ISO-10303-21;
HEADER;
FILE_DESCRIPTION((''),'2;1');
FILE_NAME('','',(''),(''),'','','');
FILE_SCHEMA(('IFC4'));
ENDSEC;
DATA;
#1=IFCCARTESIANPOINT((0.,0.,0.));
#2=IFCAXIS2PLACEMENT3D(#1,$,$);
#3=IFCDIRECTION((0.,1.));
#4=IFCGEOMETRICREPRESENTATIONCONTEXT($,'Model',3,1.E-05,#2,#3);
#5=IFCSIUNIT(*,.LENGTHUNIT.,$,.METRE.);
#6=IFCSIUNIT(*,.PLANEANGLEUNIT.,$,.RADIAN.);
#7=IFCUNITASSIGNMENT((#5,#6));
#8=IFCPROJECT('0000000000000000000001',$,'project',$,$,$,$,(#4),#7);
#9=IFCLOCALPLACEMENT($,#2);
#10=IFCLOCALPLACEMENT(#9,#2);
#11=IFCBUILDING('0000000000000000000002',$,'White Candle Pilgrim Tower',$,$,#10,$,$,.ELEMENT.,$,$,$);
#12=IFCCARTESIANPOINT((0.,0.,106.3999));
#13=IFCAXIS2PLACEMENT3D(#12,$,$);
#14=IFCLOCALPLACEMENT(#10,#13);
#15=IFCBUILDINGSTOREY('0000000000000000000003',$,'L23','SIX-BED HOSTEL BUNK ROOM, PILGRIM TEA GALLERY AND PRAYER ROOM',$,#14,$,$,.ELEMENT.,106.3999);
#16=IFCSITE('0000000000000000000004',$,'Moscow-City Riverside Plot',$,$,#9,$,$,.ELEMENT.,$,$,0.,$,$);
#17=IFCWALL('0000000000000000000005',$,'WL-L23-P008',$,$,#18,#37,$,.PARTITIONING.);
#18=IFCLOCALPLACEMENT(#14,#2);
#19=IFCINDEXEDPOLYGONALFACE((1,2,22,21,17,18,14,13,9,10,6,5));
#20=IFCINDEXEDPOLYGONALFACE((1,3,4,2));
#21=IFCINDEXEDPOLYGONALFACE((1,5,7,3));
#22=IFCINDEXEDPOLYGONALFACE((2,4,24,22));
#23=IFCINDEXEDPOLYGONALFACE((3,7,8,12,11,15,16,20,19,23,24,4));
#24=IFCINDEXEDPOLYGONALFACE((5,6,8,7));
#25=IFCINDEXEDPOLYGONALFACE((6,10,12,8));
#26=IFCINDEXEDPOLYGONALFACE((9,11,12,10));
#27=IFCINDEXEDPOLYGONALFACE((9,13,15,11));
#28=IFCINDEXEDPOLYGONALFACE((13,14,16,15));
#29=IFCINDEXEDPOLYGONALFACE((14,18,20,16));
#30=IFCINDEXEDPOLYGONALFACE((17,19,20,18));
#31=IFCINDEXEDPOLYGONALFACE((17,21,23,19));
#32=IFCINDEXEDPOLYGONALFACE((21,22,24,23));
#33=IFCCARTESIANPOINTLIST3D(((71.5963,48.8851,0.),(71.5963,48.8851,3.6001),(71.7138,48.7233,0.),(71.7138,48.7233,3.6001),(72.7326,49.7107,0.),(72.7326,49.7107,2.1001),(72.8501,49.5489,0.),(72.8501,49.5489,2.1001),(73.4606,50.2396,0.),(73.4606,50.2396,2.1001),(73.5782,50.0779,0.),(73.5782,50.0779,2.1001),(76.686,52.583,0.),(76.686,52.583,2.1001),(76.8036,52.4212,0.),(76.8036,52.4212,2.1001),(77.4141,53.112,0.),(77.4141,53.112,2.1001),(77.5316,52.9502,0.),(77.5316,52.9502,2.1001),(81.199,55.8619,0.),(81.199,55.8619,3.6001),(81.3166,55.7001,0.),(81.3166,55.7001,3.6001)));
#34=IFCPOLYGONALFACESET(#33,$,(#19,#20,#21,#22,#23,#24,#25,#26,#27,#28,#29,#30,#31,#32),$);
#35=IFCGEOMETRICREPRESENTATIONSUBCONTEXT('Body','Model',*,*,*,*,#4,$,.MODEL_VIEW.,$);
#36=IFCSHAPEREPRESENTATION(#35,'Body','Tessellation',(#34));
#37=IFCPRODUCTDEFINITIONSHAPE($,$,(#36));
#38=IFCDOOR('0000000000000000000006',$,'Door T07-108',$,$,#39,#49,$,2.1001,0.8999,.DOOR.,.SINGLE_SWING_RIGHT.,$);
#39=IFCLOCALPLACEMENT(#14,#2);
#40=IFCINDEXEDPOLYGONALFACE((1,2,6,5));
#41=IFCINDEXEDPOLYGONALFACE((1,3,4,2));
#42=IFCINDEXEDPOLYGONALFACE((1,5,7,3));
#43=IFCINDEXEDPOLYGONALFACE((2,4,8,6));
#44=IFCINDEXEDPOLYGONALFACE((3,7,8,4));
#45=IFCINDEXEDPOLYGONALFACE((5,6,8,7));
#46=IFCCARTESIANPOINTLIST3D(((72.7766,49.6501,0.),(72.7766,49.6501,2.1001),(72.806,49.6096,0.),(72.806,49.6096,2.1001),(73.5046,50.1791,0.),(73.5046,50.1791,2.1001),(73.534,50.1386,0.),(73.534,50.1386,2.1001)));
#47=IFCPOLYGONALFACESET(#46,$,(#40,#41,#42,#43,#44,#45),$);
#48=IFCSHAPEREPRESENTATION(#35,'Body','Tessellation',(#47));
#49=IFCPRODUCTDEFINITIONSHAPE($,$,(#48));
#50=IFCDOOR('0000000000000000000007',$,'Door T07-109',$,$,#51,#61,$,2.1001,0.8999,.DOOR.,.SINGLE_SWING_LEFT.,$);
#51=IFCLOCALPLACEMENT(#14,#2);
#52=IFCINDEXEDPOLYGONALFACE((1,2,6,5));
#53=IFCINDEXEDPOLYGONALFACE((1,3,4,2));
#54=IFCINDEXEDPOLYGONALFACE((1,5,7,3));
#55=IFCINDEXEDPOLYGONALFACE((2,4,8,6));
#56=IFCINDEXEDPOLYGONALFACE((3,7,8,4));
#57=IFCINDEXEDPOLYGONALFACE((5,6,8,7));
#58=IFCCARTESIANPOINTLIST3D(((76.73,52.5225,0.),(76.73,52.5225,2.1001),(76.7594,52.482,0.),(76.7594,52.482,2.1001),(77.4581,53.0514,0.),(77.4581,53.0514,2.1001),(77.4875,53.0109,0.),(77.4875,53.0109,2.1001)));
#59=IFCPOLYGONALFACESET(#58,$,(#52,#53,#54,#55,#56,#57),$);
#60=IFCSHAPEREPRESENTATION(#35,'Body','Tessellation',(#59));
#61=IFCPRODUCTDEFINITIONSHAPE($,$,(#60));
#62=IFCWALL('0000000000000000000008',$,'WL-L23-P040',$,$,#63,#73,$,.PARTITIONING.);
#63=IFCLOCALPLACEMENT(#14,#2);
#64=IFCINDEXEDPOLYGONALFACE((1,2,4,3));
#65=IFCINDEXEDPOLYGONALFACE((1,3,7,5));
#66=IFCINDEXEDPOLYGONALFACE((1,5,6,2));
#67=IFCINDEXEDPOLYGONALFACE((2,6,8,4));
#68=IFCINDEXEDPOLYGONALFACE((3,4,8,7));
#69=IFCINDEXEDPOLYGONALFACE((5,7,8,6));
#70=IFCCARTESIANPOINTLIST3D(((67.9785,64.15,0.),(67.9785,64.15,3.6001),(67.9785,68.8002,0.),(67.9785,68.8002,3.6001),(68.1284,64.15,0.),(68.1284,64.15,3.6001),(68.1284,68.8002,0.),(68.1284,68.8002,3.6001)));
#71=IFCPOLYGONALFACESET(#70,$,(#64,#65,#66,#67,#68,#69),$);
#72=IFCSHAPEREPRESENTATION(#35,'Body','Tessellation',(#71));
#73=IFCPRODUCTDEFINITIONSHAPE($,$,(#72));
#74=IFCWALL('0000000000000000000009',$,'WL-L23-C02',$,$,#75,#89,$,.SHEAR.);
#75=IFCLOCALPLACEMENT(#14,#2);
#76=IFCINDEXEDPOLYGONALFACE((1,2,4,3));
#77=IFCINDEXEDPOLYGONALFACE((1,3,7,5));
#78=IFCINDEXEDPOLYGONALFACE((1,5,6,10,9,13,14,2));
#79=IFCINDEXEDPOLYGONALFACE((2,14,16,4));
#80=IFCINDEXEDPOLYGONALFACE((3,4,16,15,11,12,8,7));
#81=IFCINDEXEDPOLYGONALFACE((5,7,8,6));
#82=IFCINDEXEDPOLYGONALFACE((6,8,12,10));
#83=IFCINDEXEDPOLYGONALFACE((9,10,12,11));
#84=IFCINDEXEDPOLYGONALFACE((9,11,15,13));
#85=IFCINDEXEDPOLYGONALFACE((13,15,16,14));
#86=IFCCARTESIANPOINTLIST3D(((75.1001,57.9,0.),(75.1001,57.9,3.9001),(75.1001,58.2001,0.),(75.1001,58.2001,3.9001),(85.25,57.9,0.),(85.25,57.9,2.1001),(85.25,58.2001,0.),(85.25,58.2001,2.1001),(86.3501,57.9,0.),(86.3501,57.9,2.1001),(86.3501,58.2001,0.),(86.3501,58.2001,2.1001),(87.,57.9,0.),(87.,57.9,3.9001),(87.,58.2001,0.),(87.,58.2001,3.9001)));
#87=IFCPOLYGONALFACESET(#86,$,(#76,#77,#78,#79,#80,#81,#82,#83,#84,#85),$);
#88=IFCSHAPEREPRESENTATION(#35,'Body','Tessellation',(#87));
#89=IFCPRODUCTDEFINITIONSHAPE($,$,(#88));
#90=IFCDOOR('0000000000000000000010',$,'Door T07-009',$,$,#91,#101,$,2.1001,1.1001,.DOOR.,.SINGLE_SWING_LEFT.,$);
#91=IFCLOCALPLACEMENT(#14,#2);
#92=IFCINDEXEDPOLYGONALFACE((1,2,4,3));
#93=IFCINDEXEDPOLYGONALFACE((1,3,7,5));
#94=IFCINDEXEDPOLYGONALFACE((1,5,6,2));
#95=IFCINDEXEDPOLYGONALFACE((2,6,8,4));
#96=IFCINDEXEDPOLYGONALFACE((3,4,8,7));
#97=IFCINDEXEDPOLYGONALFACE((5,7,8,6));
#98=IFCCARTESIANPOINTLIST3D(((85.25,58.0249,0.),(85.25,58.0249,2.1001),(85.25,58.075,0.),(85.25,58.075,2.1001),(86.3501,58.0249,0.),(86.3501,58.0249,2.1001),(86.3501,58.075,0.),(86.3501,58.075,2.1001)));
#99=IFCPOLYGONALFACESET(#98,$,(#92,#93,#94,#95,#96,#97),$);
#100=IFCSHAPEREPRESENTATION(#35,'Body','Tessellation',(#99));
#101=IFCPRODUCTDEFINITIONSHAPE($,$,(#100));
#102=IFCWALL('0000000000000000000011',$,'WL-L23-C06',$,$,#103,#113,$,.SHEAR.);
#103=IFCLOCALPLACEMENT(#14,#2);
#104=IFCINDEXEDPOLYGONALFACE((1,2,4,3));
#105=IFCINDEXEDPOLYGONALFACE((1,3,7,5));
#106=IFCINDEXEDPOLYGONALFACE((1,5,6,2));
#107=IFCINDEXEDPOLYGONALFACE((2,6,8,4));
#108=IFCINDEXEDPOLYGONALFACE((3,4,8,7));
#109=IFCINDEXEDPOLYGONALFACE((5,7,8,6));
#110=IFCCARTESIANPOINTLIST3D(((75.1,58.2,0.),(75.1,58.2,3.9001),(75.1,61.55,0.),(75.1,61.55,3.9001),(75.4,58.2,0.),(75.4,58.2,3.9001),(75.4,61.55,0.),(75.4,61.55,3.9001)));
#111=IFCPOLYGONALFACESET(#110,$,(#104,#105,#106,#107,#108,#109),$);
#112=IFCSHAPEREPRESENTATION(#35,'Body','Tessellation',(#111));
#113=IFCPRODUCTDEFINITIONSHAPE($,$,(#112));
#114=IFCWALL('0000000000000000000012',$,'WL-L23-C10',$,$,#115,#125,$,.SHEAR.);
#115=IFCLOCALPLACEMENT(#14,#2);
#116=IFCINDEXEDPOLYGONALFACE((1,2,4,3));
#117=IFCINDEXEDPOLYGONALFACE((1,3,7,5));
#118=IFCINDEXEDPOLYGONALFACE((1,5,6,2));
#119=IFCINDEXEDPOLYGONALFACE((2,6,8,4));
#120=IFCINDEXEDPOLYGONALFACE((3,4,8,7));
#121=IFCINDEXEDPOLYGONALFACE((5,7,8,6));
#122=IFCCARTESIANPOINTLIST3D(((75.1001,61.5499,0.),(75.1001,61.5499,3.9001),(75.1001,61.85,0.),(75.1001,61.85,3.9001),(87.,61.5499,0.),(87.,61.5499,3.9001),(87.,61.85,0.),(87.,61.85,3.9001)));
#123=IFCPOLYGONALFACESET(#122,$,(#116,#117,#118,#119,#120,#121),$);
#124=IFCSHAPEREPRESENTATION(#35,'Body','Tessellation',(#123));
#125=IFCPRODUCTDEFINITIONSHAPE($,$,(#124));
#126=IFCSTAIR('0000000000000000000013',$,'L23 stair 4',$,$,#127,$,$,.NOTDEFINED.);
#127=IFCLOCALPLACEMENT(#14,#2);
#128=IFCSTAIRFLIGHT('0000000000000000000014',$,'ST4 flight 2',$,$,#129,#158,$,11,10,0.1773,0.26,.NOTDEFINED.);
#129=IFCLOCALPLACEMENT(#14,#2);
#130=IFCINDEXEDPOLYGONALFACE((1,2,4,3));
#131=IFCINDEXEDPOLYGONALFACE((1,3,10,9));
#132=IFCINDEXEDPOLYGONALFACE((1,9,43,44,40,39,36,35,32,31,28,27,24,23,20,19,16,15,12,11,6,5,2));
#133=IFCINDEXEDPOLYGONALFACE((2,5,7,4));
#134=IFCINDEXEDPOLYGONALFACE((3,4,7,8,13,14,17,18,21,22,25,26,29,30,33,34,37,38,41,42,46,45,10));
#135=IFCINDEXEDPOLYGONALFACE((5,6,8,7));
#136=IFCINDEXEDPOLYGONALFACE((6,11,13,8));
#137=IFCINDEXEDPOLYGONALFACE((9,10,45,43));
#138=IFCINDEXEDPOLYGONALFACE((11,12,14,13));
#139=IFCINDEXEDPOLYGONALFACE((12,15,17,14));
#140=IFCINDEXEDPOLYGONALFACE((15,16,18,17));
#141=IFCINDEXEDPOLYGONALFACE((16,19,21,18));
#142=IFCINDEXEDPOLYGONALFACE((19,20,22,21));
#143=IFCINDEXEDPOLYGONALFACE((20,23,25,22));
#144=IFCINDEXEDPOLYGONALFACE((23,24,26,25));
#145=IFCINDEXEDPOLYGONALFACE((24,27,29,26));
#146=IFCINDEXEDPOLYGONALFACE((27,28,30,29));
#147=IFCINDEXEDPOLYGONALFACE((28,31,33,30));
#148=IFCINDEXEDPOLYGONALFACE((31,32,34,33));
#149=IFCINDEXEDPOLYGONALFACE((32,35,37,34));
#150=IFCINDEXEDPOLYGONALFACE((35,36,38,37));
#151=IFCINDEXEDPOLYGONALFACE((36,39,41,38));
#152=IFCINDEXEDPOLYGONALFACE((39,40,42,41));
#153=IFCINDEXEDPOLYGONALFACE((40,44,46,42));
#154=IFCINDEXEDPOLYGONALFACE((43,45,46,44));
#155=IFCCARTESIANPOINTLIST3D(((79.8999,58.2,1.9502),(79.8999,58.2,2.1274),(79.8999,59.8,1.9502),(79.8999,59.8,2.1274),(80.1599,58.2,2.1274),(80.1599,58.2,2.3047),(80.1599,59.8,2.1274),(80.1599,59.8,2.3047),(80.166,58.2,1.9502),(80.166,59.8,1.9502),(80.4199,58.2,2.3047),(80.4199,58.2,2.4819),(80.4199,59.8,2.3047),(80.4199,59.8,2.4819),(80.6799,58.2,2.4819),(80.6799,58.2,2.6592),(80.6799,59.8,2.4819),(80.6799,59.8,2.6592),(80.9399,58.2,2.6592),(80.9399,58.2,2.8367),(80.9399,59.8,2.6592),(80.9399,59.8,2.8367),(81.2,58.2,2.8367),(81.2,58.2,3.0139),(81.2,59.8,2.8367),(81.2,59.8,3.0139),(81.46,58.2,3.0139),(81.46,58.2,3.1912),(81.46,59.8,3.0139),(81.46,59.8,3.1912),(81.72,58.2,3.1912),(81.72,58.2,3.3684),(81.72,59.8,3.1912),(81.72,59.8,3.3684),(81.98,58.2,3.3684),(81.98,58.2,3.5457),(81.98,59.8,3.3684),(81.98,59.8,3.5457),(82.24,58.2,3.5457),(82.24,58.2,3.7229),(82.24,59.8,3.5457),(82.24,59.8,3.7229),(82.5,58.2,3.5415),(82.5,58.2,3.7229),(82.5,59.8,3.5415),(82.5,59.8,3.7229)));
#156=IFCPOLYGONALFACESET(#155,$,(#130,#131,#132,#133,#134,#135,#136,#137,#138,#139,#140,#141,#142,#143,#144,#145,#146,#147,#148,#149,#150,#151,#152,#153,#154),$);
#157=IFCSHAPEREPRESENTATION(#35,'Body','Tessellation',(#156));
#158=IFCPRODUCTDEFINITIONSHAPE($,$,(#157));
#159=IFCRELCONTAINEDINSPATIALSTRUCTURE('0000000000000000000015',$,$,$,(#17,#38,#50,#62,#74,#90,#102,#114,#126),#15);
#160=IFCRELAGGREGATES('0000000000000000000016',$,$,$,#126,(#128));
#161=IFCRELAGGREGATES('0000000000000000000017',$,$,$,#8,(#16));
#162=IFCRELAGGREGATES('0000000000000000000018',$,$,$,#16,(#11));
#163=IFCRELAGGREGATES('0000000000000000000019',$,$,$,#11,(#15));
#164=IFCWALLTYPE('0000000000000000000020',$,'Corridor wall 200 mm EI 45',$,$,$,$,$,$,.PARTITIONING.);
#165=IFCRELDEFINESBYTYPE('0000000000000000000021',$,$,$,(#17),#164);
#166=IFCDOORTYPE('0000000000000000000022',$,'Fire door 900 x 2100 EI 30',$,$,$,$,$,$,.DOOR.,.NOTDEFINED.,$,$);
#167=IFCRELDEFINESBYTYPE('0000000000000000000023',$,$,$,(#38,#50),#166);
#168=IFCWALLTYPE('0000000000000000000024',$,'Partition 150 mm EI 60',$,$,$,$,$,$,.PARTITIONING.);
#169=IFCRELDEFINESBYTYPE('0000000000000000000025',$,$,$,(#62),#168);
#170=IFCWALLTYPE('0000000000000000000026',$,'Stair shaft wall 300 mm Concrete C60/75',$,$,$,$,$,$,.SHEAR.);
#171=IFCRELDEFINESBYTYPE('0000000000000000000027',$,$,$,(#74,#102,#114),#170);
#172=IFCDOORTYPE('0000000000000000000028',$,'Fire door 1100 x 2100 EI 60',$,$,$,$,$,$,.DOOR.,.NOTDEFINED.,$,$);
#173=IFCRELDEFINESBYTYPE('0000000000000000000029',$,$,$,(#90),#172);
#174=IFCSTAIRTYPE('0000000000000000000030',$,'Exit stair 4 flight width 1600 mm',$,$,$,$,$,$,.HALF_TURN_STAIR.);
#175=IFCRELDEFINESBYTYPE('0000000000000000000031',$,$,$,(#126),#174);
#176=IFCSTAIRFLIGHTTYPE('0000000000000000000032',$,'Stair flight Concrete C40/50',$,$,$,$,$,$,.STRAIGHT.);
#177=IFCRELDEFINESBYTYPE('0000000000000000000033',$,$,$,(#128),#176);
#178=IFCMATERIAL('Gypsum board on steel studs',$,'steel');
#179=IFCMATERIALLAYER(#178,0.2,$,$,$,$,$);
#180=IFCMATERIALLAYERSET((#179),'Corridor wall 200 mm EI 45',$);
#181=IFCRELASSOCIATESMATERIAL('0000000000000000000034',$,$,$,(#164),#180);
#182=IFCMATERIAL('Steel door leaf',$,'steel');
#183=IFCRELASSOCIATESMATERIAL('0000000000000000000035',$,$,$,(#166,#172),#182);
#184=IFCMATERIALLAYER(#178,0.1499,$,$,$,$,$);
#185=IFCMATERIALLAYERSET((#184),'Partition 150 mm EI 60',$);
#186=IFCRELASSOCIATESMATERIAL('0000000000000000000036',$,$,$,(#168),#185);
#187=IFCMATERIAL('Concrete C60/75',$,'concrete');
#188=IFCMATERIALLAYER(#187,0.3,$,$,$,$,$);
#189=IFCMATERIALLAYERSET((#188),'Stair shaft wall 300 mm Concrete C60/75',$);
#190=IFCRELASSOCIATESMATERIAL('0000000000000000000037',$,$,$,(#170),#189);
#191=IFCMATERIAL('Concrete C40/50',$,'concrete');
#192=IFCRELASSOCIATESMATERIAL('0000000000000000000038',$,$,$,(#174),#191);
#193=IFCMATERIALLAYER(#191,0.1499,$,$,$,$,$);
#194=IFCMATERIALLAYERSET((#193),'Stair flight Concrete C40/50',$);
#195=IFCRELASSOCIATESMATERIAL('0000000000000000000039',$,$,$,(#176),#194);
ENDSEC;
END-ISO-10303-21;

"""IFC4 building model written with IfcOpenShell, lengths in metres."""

from ifc_helpers import new_model, si_unit, direction, frame, frame_2d, origin, place, context, subcontext, project, spatial, polyline, rectangle, outline, extrude, material, layer, layer_set, type_object, element, fill, aggregate, save


model = new_model("IFC4")

# Units and contexts
model_context = context("Model", 3, precision=1e-05, world=origin(), true_north=direction((0.0, 1.0)))
body_context = subcontext(model_context, "Body", "Model", "MODEL_VIEW")
ifc_project = project(units=[si_unit("LENGTHUNIT", "METRE"), si_unit("PLANEANGLEUNIT", "RADIAN")], contexts=[model_context])

# Site, building, storey
site_placement = place(None, origin())
site = spatial("IfcSite", under=ifc_project, at=site_placement, Name="Moscow-City Riverside Plot", CompositionType="ELEMENT", RefElevation=0.0)
building_placement = place(site_placement, origin())
building = spatial("IfcBuilding", under=site, at=building_placement, Name="White Candle Pilgrim Tower", CompositionType="ELEMENT")
storey_placement = place(building_placement, frame((0.0, 0.0, 106.3999)))
storey = spatial("IfcBuildingStorey", under=building, at=storey_placement, Name="L23", Description="SIX-BED HOSTEL BUNK ROOM, PILGRIM TEA GALLERY AND PRAYER ROOM", CompositionType="ELEMENT", Elevation=106.3999)

# Wall, openings, doors
ifc_material_1 = material(Name="Gypsum board on steel studs", Category="steel")
ifc_layer_1 = layer(ifc_material_1, 0.2)
ifc_layer_set_1 = layer_set([ifc_layer_1], Name="Corridor wall 200 mm EI 45")
wall_type_1 = type_object("IfcWallType", Name="Corridor wall 200 mm EI 45", PredefinedType="PARTITIONING", material=ifc_layer_set_1)
wall_1_placement = place(storey_placement, frame((81.2578, 55.781, 0.0), z_axis=(0.0, 0.0, 1.0), x_axis=(-0.809018, -0.587784, 0.0)))
wall_1 = element("IfcWall", 1, at=wall_1_placement, inside=storey, type_object=wall_type_1, Name="WL-L23-P008", PredefinedType="PARTITIONING", context=body_context, shape_type="SweptSolid", body=[
    extrude(rectangle(XDim=11.8696, YDim=0.2, at=frame_2d((5.9348, 0.0))), origin(), (0.0, 0.0, 1.0), 3.6001),
])
opening_1_placement = place(wall_1_placement, frame((9.5652, 0.0, 0.0)))
opening_1 = element("IfcOpeningElement", 2, at=opening_1_placement, cuts=wall_1, PredefinedType="OPENING", context=body_context, shape_type="SweptSolid", body=[
    extrude(rectangle(XDim=0.8999, YDim=2.1001, at=frame_2d((0.45, 1.05))), frame((0.0, 0.1099, 0.0), z_axis=(0.0, -1.0, 0.0), x_axis=(1.0, 0.0, 0.0)), (0.0, 0.0, 1.0), 0.22),
])
opening_2_placement = place(wall_1_placement, frame((4.6785, 0.0, 0.0)))
opening_2 = element("IfcOpeningElement", 3, at=opening_2_placement, cuts=wall_1, PredefinedType="OPENING", context=body_context, shape_type="SweptSolid", body=[
    extrude(rectangle(XDim=0.8999, YDim=2.1001, at=frame_2d((0.45, 1.05))), frame((0.0, 0.1099, 0.0), z_axis=(0.0, -1.0, 0.0), x_axis=(1.0, 0.0, 0.0)), (0.0, 0.0, 1.0), 0.22),
])
ifc_material_2 = material(Name="Steel door leaf", Category="steel")
door_type_1 = type_object("IfcDoorType", Name="Fire door 900 x 2100 EI 30", OperationType="NOTDEFINED", PredefinedType="DOOR", material=ifc_material_2)
door_1_placement = place(opening_1_placement, origin())
door_1 = element("IfcDoor", 4, at=door_1_placement, inside=storey, type_object=door_type_1, Name="Door T07-108", OperationType="SINGLE_SWING_RIGHT", OverallHeight=2.1001, OverallWidth=0.8999, PredefinedType="DOOR", context=body_context, shape_type="SweptSolid", body=[
    extrude(rectangle(XDim=0.8999, YDim=2.1001, at=frame_2d((0.45, 1.05))), frame((0.0, 0.0249, 0.0), z_axis=(0.0, -1.0, 0.0), x_axis=(1.0, 0.0, 0.0)), (0.0, 0.0, 1.0), 0.05),
])
fill(opening_1, door_1)
door_2_placement = place(opening_2_placement, origin())
door_2 = element("IfcDoor", 5, at=door_2_placement, inside=storey, type_object=door_type_1, Name="Door T07-109", OperationType="SINGLE_SWING_LEFT", OverallHeight=2.1001, OverallWidth=0.8999, PredefinedType="DOOR", context=body_context, shape_type="SweptSolid", body=[
    extrude(rectangle(XDim=0.8999, YDim=2.1001, at=frame_2d((0.45, 1.05))), frame((0.0, 0.0249, 0.0), z_axis=(0.0, -1.0, 0.0), x_axis=(1.0, 0.0, 0.0)), (0.0, 0.0, 1.0), 0.05),
])
fill(opening_2, door_2)

# Wall
ifc_layer_2 = layer(ifc_material_1, 0.1499)
ifc_layer_set_2 = layer_set([ifc_layer_2], Name="Partition 150 mm EI 60")
wall_type_2 = type_object("IfcWallType", Name="Partition 150 mm EI 60", PredefinedType="PARTITIONING", material=ifc_layer_set_2)
wall_2_placement = place(storey_placement, frame((68.0535, 64.1499, 0.0), z_axis=(0.0, 0.0, 1.0), x_axis=(0.0, 1.0, 0.0)))
element("IfcWall", 6, at=wall_2_placement, inside=storey, type_object=wall_type_2, Name="WL-L23-P040", PredefinedType="PARTITIONING", context=body_context, shape_type="SweptSolid", body=[
    extrude(rectangle(XDim=4.6501, YDim=0.1499, at=frame_2d((2.3252, 0.0))), origin(), (0.0, 0.0, 1.0), 3.6001),
])

# Wall, opening, door
ifc_material_3 = material(Name="Concrete C60/75", Category="concrete")
ifc_layer_3 = layer(ifc_material_3, 0.3)
ifc_layer_set_3 = layer_set([ifc_layer_3], Name="Stair shaft wall 300 mm Concrete C60/75")
wall_type_3 = type_object("IfcWallType", Name="Stair shaft wall 300 mm Concrete C60/75", PredefinedType="SHEAR", material=ifc_layer_set_3)
wall_3_placement = place(storey_placement, frame((75.1001, 58.05, 0.0), z_axis=(0.0, 0.0, 1.0), x_axis=(1.0, 0.0, 0.0)))
wall_3 = element("IfcWall", 7, at=wall_3_placement, inside=storey, type_object=wall_type_3, Name="WL-L23-C02", PredefinedType="SHEAR", context=body_context, shape_type="SweptSolid", body=[
    extrude(rectangle(XDim=11.8999, YDim=0.3, at=frame_2d((5.95, 0.0))), origin(), (0.0, 0.0, 1.0), 3.9001),
])
opening_3_placement = place(wall_3_placement, frame((10.1499, 0.0, 0.0)))
opening_3 = element("IfcOpeningElement", 8, at=opening_3_placement, cuts=wall_3, PredefinedType="OPENING", context=body_context, shape_type="SweptSolid", body=[
    extrude(rectangle(XDim=1.1001, YDim=2.1001, at=frame_2d((0.55, 1.05))), frame((0.0, 0.1599, 0.0), z_axis=(0.0, -1.0, 0.0), x_axis=(1.0, 0.0, 0.0)), (0.0, 0.0, 1.0), 0.3201),
])
door_type_2 = type_object("IfcDoorType", Name="Fire door 1100 x 2100 EI 60", OperationType="NOTDEFINED", PredefinedType="DOOR", material=ifc_material_2)
door_3_placement = place(opening_3_placement, origin())
door_3 = element("IfcDoor", 9, at=door_3_placement, inside=storey, type_object=door_type_2, Name="Door T07-009", OperationType="SINGLE_SWING_LEFT", OverallHeight=2.1001, OverallWidth=1.1001, PredefinedType="DOOR", context=body_context, shape_type="SweptSolid", body=[
    extrude(rectangle(XDim=1.1001, YDim=2.1001, at=frame_2d((0.55, 1.05))), frame((0.0, 0.0249, 0.0), z_axis=(0.0, -1.0, 0.0), x_axis=(1.0, 0.0, 0.0)), (0.0, 0.0, 1.0), 0.05),
])
fill(opening_3, door_3)

# Walls
wall_4_placement = place(storey_placement, frame((75.25, 58.2, 0.0), z_axis=(0.0, 0.0, 1.0), x_axis=(0.0, 1.0, 0.0)))
element("IfcWall", 10, at=wall_4_placement, inside=storey, type_object=wall_type_3, Name="WL-L23-C06", PredefinedType="SHEAR", context=body_context, shape_type="SweptSolid", body=[
    extrude(rectangle(XDim=3.3501, YDim=0.3, at=frame_2d((1.675, 0.0))), origin(), (0.0, 0.0, 1.0), 3.9001),
])
wall_5_placement = place(storey_placement, frame((75.1001, 61.7, 0.0), z_axis=(0.0, 0.0, 1.0), x_axis=(1.0, 0.0, 0.0)))
element("IfcWall", 11, at=wall_5_placement, inside=storey, type_object=wall_type_3, Name="WL-L23-C10", PredefinedType="SHEAR", context=body_context, shape_type="SweptSolid", body=[
    extrude(rectangle(XDim=11.8999, YDim=0.3, at=frame_2d((5.95, 0.0))), origin(), (0.0, 0.0, 1.0), 3.9001),
])

# Stair, stair flight
ifc_material_4 = material(Name="Concrete C40/50", Category="concrete")
stair_type = type_object("IfcStairType", Name="Exit stair 4 flight width 1600 mm", PredefinedType="HALF_TURN_STAIR", material=ifc_material_4)
stair_placement = place(storey_placement, origin())
stair = element("IfcStair", 12, at=stair_placement, inside=storey, type_object=stair_type, Name="L23 stair 4", PredefinedType="NOTDEFINED")
ifc_layer_4 = layer(ifc_material_4, 0.1499)
ifc_layer_set_4 = layer_set([ifc_layer_4], Name="Stair flight Concrete C40/50")
stair_flight_type = type_object("IfcStairFlightType", Name="Stair flight Concrete C40/50", PredefinedType="STRAIGHT", material=ifc_layer_set_4)
stair_flight_placement = place(storey_placement, frame((79.8999, 59.0, 1.9502), z_axis=(0.0, 0.0, 1.0), x_axis=(1.0, 0.0, 0.0)))
stair_flight = element("IfcStairFlight", 13, at=stair_flight_placement, type_object=stair_flight_type, Name="ST4 flight 2", NumberOfRisers=11, NumberOfTreads=10, PredefinedType="NOTDEFINED", RiserHeight=0.1773, TreadLength=0.26, context=body_context, shape_type="SweptSolid", body=[
    extrude(outline(polyline([(0.0, 0.0), (0.0, 0.1772), (0.26, 0.1772), (0.26, 0.3545), (0.52, 0.3545), (0.52, 0.5317), (0.78, 0.5317), (0.78, 0.709), (1.04, 0.709), (1.04, 0.8865), (1.3, 0.8865), (1.3, 1.0637), (1.5601, 1.0637), (1.5601, 1.241), (1.8201, 1.241), (1.8201, 1.4182), (2.0801, 1.4182), (2.0801, 1.5955), (2.3401, 1.5955), (2.3401, 1.7727), (2.6001, 1.7727), (2.6001, 1.95), (2.6001, 1.5913), (0.2661, 0.0), (0.0, 0.0)])), frame((0.0, 0.8, 0.0), z_axis=(0.0, -1.0, 0.0), x_axis=(1.0, 0.0, 0.0)), (0.0, 0.0, 1.0), 1.6001),
])
aggregate(stair, [stair_flight])

save(model, "model.ifc")
